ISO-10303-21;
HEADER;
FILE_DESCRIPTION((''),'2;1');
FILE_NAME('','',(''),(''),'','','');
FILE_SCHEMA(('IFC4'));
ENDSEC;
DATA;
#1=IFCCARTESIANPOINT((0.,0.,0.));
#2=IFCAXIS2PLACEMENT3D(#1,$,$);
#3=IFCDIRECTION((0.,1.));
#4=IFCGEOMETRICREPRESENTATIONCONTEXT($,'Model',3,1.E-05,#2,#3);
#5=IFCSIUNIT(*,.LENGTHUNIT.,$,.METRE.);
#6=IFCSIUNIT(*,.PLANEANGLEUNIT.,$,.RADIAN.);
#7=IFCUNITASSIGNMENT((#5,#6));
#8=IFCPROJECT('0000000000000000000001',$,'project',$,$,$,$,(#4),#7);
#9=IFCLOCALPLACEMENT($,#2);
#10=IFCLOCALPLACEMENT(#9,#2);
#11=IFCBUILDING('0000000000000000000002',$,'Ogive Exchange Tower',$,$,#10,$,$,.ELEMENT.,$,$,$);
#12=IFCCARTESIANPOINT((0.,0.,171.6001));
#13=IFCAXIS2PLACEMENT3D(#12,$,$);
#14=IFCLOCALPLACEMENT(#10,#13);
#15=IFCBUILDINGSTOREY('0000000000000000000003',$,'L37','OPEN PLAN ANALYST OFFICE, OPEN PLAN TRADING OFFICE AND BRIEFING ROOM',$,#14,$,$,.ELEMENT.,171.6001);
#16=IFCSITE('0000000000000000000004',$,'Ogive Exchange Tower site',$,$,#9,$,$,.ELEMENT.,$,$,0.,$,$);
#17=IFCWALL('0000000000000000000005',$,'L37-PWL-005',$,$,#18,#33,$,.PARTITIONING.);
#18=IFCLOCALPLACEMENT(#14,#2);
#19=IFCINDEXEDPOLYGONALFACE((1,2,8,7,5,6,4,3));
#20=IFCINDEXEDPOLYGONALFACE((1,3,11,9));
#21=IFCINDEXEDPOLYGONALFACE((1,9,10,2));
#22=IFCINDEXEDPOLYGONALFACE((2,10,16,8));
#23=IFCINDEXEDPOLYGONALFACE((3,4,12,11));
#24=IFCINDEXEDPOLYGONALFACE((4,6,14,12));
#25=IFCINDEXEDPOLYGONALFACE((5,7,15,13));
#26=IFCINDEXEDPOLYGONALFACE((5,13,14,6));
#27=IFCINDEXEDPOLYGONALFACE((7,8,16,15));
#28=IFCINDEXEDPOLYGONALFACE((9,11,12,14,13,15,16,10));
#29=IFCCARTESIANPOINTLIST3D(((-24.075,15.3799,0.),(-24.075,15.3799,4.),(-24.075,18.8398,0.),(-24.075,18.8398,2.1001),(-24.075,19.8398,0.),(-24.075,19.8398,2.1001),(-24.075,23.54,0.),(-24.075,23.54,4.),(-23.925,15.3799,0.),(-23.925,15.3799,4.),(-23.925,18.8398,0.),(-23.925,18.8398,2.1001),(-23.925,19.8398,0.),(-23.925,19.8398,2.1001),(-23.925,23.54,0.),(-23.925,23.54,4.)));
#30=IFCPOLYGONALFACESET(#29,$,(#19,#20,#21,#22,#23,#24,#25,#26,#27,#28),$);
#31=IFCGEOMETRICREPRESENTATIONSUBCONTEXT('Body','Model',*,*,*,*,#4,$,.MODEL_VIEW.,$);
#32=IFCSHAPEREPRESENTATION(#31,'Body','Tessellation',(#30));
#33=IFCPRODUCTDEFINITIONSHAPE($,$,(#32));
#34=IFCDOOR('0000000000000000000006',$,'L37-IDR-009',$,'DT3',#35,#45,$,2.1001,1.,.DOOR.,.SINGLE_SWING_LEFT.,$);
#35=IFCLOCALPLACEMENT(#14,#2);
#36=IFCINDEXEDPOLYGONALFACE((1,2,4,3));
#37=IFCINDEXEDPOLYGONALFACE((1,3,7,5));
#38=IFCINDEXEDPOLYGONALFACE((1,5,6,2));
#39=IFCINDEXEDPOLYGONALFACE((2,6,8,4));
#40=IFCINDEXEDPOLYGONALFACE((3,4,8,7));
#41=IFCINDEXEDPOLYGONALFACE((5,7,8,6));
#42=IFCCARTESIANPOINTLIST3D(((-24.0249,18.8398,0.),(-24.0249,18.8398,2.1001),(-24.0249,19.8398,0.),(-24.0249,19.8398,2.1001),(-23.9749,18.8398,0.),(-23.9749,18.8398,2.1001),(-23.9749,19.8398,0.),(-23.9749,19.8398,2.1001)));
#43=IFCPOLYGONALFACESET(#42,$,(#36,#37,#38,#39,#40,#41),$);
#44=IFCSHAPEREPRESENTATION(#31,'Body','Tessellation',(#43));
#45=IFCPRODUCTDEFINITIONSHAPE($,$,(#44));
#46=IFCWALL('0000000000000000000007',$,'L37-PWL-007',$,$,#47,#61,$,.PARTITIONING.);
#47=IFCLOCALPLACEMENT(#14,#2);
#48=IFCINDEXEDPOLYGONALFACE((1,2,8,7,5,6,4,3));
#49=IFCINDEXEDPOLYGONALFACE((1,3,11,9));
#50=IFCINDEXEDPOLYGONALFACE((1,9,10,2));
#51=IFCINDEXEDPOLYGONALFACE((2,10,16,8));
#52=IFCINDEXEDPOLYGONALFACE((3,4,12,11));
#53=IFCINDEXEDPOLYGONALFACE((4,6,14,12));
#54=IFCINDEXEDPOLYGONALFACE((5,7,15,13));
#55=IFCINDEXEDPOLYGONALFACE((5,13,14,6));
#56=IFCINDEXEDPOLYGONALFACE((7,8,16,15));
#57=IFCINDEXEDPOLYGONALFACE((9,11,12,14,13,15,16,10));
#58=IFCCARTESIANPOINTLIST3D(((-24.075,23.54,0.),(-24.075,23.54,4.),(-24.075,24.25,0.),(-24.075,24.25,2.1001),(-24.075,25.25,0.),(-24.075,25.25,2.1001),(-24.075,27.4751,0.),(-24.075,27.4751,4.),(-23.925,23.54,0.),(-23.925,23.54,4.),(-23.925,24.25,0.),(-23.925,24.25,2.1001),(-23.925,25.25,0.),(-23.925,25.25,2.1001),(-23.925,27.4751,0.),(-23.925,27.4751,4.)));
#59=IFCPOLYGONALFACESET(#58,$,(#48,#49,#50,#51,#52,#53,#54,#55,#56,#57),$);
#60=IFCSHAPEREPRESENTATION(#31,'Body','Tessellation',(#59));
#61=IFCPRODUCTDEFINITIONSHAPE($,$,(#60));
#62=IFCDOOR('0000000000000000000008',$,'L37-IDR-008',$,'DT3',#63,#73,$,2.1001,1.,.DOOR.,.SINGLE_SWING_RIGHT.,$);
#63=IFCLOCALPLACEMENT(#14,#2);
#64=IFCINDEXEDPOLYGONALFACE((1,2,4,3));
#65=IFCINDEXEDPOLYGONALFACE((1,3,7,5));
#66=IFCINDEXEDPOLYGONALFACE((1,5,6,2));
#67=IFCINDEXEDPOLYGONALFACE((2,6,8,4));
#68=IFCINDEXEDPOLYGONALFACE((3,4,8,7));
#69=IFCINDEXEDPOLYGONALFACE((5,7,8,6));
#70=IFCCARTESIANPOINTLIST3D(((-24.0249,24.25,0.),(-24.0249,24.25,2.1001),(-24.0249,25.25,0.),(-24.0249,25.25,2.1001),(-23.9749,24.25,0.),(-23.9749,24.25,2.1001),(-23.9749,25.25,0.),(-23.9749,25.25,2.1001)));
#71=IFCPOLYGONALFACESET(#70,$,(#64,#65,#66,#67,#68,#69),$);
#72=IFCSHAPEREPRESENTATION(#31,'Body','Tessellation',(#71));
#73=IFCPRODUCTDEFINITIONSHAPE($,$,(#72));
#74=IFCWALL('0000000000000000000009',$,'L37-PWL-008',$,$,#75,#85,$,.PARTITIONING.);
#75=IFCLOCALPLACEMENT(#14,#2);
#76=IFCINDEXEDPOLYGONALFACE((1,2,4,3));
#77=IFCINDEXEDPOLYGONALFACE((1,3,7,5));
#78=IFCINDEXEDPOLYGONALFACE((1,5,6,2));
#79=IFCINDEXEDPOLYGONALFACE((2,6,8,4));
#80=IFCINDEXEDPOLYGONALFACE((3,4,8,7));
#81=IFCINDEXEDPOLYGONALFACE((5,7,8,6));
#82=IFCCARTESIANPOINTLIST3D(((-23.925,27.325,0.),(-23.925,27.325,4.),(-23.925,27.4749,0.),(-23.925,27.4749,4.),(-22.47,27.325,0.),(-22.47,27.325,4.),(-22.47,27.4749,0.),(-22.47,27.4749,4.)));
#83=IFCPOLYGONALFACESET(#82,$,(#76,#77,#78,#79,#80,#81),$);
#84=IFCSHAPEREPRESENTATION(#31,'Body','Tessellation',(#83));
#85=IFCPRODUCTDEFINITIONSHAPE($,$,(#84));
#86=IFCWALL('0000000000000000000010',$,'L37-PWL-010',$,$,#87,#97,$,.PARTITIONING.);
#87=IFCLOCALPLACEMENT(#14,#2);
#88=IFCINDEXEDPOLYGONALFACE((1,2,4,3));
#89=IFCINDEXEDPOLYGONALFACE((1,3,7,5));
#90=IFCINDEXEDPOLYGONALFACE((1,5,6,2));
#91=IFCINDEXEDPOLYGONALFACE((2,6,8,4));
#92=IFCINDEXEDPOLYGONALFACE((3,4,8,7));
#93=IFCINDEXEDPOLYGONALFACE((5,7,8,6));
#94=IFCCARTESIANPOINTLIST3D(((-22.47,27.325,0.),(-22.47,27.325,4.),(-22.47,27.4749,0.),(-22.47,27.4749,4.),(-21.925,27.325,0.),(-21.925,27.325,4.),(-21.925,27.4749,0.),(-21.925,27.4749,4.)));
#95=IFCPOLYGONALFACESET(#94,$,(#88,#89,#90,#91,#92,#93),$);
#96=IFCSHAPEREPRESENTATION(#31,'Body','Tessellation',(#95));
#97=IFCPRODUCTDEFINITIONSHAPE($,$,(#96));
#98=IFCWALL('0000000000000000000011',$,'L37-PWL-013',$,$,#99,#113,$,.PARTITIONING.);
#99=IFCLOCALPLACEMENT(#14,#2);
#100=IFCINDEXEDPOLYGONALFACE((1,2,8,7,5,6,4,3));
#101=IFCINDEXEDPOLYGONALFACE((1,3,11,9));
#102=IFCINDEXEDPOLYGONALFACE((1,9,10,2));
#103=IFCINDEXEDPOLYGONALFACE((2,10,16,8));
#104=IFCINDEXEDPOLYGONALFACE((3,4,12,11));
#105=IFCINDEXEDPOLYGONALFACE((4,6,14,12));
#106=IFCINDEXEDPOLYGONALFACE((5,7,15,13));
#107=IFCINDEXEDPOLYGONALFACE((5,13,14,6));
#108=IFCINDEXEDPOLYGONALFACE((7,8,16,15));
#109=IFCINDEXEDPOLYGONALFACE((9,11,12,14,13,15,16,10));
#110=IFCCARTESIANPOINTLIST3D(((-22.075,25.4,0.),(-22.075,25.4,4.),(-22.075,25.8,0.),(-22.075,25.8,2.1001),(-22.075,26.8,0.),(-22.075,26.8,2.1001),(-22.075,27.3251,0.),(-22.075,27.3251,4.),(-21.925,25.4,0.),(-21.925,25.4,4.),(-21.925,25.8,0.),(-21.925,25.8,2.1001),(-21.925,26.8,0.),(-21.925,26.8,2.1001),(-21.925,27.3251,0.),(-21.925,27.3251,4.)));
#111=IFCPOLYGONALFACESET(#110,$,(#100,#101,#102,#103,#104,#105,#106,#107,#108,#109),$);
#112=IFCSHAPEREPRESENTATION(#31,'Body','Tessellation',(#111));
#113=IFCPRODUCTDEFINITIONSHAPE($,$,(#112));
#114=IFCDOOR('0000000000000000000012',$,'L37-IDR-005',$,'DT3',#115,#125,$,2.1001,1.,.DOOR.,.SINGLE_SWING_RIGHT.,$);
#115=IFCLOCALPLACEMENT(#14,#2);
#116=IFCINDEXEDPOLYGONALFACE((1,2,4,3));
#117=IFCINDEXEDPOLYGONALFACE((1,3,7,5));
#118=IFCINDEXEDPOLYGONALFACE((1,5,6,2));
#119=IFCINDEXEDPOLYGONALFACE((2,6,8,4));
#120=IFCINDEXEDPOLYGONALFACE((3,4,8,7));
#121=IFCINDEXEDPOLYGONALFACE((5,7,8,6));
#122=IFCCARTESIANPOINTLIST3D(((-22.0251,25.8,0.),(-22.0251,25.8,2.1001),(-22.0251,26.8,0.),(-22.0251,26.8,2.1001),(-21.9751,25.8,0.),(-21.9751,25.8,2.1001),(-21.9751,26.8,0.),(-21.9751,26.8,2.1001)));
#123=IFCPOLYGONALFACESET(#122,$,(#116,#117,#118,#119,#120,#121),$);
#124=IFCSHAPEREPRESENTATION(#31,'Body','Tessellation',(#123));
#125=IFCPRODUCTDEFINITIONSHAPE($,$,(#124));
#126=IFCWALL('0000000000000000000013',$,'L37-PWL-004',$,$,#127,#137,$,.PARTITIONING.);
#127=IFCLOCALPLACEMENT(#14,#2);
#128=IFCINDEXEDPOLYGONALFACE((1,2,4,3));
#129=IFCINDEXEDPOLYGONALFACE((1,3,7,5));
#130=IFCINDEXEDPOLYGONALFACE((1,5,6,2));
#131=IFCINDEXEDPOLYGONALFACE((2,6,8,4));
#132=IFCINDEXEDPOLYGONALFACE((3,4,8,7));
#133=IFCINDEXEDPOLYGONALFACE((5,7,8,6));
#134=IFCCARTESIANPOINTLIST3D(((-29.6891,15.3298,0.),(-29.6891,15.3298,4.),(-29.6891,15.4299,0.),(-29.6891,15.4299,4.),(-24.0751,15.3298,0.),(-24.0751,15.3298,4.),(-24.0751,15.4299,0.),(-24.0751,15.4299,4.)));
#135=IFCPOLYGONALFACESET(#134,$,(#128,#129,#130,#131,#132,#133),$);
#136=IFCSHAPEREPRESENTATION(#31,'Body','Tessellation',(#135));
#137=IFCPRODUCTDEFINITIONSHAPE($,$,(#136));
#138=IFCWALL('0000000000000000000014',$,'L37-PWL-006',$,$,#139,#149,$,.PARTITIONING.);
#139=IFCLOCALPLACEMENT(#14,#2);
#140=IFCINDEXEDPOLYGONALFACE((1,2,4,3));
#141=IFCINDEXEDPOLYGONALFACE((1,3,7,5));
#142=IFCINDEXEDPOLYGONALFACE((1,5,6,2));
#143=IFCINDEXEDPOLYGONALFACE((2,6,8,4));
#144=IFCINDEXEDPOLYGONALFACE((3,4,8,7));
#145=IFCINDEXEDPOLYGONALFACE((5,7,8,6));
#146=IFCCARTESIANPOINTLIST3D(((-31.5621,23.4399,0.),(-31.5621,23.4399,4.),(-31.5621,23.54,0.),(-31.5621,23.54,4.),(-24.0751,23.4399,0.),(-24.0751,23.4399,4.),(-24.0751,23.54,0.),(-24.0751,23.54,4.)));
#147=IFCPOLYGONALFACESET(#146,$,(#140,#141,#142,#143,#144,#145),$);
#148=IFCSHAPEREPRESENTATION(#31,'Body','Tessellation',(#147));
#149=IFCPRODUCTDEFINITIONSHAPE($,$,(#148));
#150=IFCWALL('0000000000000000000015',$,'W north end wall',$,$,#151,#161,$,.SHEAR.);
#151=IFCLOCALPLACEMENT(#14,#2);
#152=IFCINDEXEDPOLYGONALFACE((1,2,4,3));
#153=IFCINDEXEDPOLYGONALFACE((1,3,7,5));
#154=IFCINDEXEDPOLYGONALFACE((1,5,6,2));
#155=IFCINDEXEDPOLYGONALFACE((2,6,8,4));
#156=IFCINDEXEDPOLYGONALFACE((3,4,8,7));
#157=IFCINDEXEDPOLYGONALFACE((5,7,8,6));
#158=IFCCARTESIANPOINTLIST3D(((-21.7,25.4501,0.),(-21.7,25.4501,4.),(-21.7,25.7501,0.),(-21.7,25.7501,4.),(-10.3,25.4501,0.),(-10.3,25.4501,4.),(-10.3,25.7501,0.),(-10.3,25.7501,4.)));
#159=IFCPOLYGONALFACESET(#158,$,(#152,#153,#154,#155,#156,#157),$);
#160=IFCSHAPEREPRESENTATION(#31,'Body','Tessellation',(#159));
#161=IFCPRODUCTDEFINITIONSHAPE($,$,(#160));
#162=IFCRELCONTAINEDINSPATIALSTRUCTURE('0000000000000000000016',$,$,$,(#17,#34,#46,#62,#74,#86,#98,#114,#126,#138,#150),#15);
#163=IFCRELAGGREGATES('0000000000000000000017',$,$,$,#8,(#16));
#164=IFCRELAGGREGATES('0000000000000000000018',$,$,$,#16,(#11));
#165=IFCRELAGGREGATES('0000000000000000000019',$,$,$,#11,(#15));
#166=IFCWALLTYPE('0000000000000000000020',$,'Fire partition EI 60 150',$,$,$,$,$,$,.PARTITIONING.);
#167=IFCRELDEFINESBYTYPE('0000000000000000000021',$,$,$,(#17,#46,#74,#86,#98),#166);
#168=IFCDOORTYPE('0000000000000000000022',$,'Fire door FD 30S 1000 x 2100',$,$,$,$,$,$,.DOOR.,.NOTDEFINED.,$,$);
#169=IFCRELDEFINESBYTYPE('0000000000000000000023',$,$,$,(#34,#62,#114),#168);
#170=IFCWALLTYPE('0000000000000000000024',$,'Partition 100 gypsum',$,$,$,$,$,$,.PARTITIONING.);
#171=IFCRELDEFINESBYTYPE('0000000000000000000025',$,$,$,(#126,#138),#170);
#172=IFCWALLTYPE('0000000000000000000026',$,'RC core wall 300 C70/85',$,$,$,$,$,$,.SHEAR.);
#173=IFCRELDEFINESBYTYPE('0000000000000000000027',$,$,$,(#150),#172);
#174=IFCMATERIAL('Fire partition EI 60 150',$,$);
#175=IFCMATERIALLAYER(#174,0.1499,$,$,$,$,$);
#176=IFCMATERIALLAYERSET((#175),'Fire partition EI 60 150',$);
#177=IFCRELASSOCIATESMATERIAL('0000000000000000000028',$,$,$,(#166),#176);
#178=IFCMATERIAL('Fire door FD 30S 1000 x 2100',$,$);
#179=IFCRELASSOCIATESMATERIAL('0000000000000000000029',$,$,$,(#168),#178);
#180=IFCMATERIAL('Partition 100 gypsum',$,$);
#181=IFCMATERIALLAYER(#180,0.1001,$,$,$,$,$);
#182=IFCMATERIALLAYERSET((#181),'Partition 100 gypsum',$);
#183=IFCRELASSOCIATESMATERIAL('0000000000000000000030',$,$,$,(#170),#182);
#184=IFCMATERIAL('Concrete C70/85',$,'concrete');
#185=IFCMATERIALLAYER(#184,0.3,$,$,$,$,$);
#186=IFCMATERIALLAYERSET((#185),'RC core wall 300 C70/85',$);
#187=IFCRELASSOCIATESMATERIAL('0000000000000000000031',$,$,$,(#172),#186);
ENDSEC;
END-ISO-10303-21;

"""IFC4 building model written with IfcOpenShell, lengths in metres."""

from ifc_helpers import new_model, si_unit, direction, frame, frame_2d, origin, place, context, subcontext, project, spatial, rectangle, extrude, material, layer, layer_set, type_object, element, fill, save


model = new_model("IFC4")

# Units and contexts
model_context = context("Model", 3, precision=1e-05, world=origin(), true_north=direction((0.0, 1.0)))
body_context = subcontext(model_context, "Body", "Model", "MODEL_VIEW")
ifc_project = project(units=[si_unit("LENGTHUNIT", "METRE"), si_unit("PLANEANGLEUNIT", "RADIAN")], contexts=[model_context])

# Site, building, storey
site_placement = place(None, origin())
site = spatial("IfcSite", under=ifc_project, at=site_placement, Name="Ogive Exchange Tower site", CompositionType="ELEMENT", RefElevation=0.0)
building_placement = place(site_placement, origin())
building = spatial("IfcBuilding", under=site, at=building_placement, Name="Ogive Exchange Tower", CompositionType="ELEMENT")
storey_placement = place(building_placement, frame((0.0, 0.0, 171.6001)))
storey = spatial("IfcBuildingStorey", under=building, at=storey_placement, Name="L37", Description="OPEN PLAN ANALYST OFFICE, OPEN PLAN TRADING OFFICE AND BRIEFING ROOM", CompositionType="ELEMENT", Elevation=171.6001)

# Walls, openings, doors
ifc_material_1 = material(Name="Fire partition EI 60 150")
ifc_layer_1 = layer(ifc_material_1, 0.1499)
ifc_layer_set_1 = layer_set([ifc_layer_1], Name="Fire partition EI 60 150")
wall_type_1 = type_object("IfcWallType", Name="Fire partition EI 60 150", PredefinedType="PARTITIONING", material=ifc_layer_set_1)
wall_1_placement = place(storey_placement, frame((-24.0, 15.3799, 0.0), z_axis=(0.0, 0.0, 1.0), x_axis=(0.0, 1.0, 0.0)))
wall_1 = element("IfcWall", 1, at=wall_1_placement, inside=storey, type_object=wall_type_1, Name="L37-PWL-005", PredefinedType="PARTITIONING", context=body_context, shape_type="SweptSolid", body=[
    extrude(rectangle(XDim=8.1602, YDim=0.1499, at=frame_2d((4.0801, 0.0))), origin(), (0.0, 0.0, 1.0), 4.0),
])
opening_1_placement = place(wall_1_placement, frame((3.46, 0.0, 0.0)))
opening_1 = element("IfcOpeningElement", 2, at=opening_1_placement, cuts=wall_1, PredefinedType="OPENING", context=body_context, shape_type="SweptSolid", body=[
    extrude(rectangle(XDim=1.0, YDim=2.1001, at=frame_2d((0.5, 1.05))), frame((0.0, 0.085, 0.0), z_axis=(0.0, -1.0, 0.0), x_axis=(1.0, 0.0, 0.0)), (0.0, 0.0, 1.0), 0.1699),
])
ifc_material_2 = material(Name="Fire door FD 30S 1000 x 2100")
door_type = type_object("IfcDoorType", Name="Fire door FD 30S 1000 x 2100", OperationType="NOTDEFINED", PredefinedType="DOOR", material=ifc_material_2)
door_1_placement = place(opening_1_placement, origin())
door_1 = element("IfcDoor", 3, at=door_1_placement, inside=storey, type_object=door_type, Name="L37-IDR-009", ObjectType="DT3", OperationType="SINGLE_SWING_LEFT", OverallHeight=2.1001, OverallWidth=1.0, PredefinedType="DOOR", context=body_context, shape_type="SweptSolid", body=[
    extrude(rectangle(XDim=1.0, YDim=2.1001, at=frame_2d((0.5, 1.05))), frame((0.0, 0.0249, 0.0), z_axis=(0.0, -1.0, 0.0), x_axis=(1.0, 0.0, 0.0)), (0.0, 0.0, 1.0), 0.05),
])
fill(opening_1, door_1)
wall_2_placement = place(storey_placement, frame((-24.0, 23.54, 0.0), z_axis=(0.0, 0.0, 1.0), x_axis=(0.0, 1.0, 0.0)))
wall_2 = element("IfcWall", 4, at=wall_2_placement, inside=storey, type_object=wall_type_1, Name="L37-PWL-007", PredefinedType="PARTITIONING", context=body_context, shape_type="SweptSolid", body=[
    extrude(rectangle(XDim=3.9351, YDim=0.1499, at=frame_2d((1.9675, 0.0))), origin(), (0.0, 0.0, 1.0), 4.0),
])
opening_2_placement = place(wall_2_placement, frame((0.71, 0.0, 0.0)))
opening_2 = element("IfcOpeningElement", 5, at=opening_2_placement, cuts=wall_2, PredefinedType="OPENING", context=body_context, shape_type="SweptSolid", body=[
    extrude(rectangle(XDim=1.0, YDim=2.1001, at=frame_2d((0.5, 1.05))), frame((0.0, 0.085, 0.0), z_axis=(0.0, -1.0, 0.0), x_axis=(1.0, 0.0, 0.0)), (0.0, 0.0, 1.0), 0.1699),
])
door_2_placement = place(opening_2_placement, origin())
door_2 = element("IfcDoor", 6, at=door_2_placement, inside=storey, type_object=door_type, Name="L37-IDR-008", ObjectType="DT3", OperationType="SINGLE_SWING_RIGHT", OverallHeight=2.1001, OverallWidth=1.0, PredefinedType="DOOR", context=body_context, shape_type="SweptSolid", body=[
    extrude(rectangle(XDim=1.0, YDim=2.1001, at=frame_2d((0.5, 1.05))), frame((0.0, 0.0249, 0.0), z_axis=(0.0, -1.0, 0.0), x_axis=(1.0, 0.0, 0.0)), (0.0, 0.0, 1.0), 0.05),
])
fill(opening_2, door_2)

# Walls
wall_3_placement = place(storey_placement, frame((-23.925, 27.3999, 0.0), z_axis=(0.0, 0.0, 1.0), x_axis=(1.0, 0.0, 0.0)))
element("IfcWall", 7, at=wall_3_placement, inside=storey, type_object=wall_type_1, Name="L37-PWL-008", PredefinedType="PARTITIONING", context=body_context, shape_type="SweptSolid", body=[
    extrude(rectangle(XDim=1.4551, YDim=0.1499, at=frame_2d((0.7275, 0.0))), origin(), (0.0, 0.0, 1.0), 4.0),
])
wall_4_placement = place(storey_placement, frame((-22.47, 27.3999, 0.0), z_axis=(0.0, 0.0, 1.0), x_axis=(1.0, 0.0, 0.0)))
element("IfcWall", 8, at=wall_4_placement, inside=storey, type_object=wall_type_1, Name="L37-PWL-010", PredefinedType="PARTITIONING", context=body_context, shape_type="SweptSolid", body=[
    extrude(rectangle(XDim=0.5449, YDim=0.1499, at=frame_2d((0.2725, 0.0))), origin(), (0.0, 0.0, 1.0), 4.0),
])

# Wall, opening, door
wall_5_placement = place(storey_placement, frame((-22.0, 27.325, 0.0), z_axis=(0.0, 0.0, 1.0), x_axis=(0.0, -1.0, 0.0)))
wall_5 = element("IfcWall", 9, at=wall_5_placement, inside=storey, type_object=wall_type_1, Name="L37-PWL-013", PredefinedType="PARTITIONING", context=body_context, shape_type="SweptSolid", body=[
    extrude(rectangle(XDim=1.925, YDim=0.1499, at=frame_2d((0.9624, 0.0))), origin(), (0.0, 0.0, 1.0), 4.0),
])
opening_3_placement = place(wall_5_placement, frame((0.5249, 0.0, 0.0)))
opening_3 = element("IfcOpeningElement", 10, at=opening_3_placement, cuts=wall_5, PredefinedType="OPENING", context=body_context, shape_type="SweptSolid", body=[
    extrude(rectangle(XDim=1.0, YDim=2.1001, at=frame_2d((0.5, 1.05))), frame((0.0, 0.085, 0.0), z_axis=(0.0, -1.0, 0.0), x_axis=(1.0, 0.0, 0.0)), (0.0, 0.0, 1.0), 0.1699),
])
door_3_placement = place(opening_3_placement, origin())
door_3 = element("IfcDoor", 11, at=door_3_placement, inside=storey, type_object=door_type, Name="L37-IDR-005", ObjectType="DT3", OperationType="SINGLE_SWING_RIGHT", OverallHeight=2.1001, OverallWidth=1.0, PredefinedType="DOOR", context=body_context, shape_type="SweptSolid", body=[
    extrude(rectangle(XDim=1.0, YDim=2.1001, at=frame_2d((0.5, 1.05))), frame((0.0, 0.0249, 0.0), z_axis=(0.0, -1.0, 0.0), x_axis=(1.0, 0.0, 0.0)), (0.0, 0.0, 1.0), 0.05),
])
fill(opening_3, door_3)

# Walls
ifc_material_3 = material(Name="Partition 100 gypsum")
ifc_layer_2 = layer(ifc_material_3, 0.1001)
ifc_layer_set_2 = layer_set([ifc_layer_2], Name="Partition 100 gypsum")
wall_type_2 = type_object("IfcWallType", Name="Partition 100 gypsum", PredefinedType="PARTITIONING", material=ifc_layer_set_2)
wall_6_placement = place(storey_placement, frame((-24.075, 15.3799, 0.0), z_axis=(0.0, 0.0, 1.0), x_axis=(-1.0, 0.0, 0.0)))
element("IfcWall", 12, at=wall_6_placement, inside=storey, type_object=wall_type_2, Name="L37-PWL-004", PredefinedType="PARTITIONING", context=body_context, shape_type="SweptSolid", body=[
    extrude(rectangle(XDim=5.614, YDim=0.1001, at=frame_2d((2.8071, 0.0))), origin(), (0.0, 0.0, 1.0), 4.0),
])
wall_7_placement = place(storey_placement, frame((-24.075, 23.49, 0.0), z_axis=(0.0, 0.0, 1.0), x_axis=(-1.0, 0.0, 0.0)))
element("IfcWall", 13, at=wall_7_placement, inside=storey, type_object=wall_type_2, Name="L37-PWL-006", PredefinedType="PARTITIONING", context=body_context, shape_type="SweptSolid", body=[
    extrude(rectangle(XDim=7.4871, YDim=0.1001, at=frame_2d((3.7437, 0.0))), origin(), (0.0, 0.0, 1.0), 4.0),
])
ifc_material_4 = material(Name="Concrete C70/85", Category="concrete")
ifc_layer_3 = layer(ifc_material_4, 0.3)
ifc_layer_set_3 = layer_set([ifc_layer_3], Name="RC core wall 300 C70/85")
wall_type_3 = type_object("IfcWallType", Name="RC core wall 300 C70/85", PredefinedType="SHEAR", material=ifc_layer_set_3)
wall_8_placement = place(storey_placement, frame((-21.7, 25.6001, 0.0), z_axis=(0.0, 0.0, 1.0), x_axis=(1.0, 0.0, 0.0)))
element("IfcWall", 14, at=wall_8_placement, inside=storey, type_object=wall_type_3, Name="W north end wall", PredefinedType="SHEAR", context=body_context, shape_type="SweptSolid", body=[
    extrude(rectangle(XDim=11.3999, YDim=0.3, at=frame_2d((5.7, 0.0))), origin(), (0.0, 0.0, 1.0), 4.0),
])

save(model, "model.ifc")
